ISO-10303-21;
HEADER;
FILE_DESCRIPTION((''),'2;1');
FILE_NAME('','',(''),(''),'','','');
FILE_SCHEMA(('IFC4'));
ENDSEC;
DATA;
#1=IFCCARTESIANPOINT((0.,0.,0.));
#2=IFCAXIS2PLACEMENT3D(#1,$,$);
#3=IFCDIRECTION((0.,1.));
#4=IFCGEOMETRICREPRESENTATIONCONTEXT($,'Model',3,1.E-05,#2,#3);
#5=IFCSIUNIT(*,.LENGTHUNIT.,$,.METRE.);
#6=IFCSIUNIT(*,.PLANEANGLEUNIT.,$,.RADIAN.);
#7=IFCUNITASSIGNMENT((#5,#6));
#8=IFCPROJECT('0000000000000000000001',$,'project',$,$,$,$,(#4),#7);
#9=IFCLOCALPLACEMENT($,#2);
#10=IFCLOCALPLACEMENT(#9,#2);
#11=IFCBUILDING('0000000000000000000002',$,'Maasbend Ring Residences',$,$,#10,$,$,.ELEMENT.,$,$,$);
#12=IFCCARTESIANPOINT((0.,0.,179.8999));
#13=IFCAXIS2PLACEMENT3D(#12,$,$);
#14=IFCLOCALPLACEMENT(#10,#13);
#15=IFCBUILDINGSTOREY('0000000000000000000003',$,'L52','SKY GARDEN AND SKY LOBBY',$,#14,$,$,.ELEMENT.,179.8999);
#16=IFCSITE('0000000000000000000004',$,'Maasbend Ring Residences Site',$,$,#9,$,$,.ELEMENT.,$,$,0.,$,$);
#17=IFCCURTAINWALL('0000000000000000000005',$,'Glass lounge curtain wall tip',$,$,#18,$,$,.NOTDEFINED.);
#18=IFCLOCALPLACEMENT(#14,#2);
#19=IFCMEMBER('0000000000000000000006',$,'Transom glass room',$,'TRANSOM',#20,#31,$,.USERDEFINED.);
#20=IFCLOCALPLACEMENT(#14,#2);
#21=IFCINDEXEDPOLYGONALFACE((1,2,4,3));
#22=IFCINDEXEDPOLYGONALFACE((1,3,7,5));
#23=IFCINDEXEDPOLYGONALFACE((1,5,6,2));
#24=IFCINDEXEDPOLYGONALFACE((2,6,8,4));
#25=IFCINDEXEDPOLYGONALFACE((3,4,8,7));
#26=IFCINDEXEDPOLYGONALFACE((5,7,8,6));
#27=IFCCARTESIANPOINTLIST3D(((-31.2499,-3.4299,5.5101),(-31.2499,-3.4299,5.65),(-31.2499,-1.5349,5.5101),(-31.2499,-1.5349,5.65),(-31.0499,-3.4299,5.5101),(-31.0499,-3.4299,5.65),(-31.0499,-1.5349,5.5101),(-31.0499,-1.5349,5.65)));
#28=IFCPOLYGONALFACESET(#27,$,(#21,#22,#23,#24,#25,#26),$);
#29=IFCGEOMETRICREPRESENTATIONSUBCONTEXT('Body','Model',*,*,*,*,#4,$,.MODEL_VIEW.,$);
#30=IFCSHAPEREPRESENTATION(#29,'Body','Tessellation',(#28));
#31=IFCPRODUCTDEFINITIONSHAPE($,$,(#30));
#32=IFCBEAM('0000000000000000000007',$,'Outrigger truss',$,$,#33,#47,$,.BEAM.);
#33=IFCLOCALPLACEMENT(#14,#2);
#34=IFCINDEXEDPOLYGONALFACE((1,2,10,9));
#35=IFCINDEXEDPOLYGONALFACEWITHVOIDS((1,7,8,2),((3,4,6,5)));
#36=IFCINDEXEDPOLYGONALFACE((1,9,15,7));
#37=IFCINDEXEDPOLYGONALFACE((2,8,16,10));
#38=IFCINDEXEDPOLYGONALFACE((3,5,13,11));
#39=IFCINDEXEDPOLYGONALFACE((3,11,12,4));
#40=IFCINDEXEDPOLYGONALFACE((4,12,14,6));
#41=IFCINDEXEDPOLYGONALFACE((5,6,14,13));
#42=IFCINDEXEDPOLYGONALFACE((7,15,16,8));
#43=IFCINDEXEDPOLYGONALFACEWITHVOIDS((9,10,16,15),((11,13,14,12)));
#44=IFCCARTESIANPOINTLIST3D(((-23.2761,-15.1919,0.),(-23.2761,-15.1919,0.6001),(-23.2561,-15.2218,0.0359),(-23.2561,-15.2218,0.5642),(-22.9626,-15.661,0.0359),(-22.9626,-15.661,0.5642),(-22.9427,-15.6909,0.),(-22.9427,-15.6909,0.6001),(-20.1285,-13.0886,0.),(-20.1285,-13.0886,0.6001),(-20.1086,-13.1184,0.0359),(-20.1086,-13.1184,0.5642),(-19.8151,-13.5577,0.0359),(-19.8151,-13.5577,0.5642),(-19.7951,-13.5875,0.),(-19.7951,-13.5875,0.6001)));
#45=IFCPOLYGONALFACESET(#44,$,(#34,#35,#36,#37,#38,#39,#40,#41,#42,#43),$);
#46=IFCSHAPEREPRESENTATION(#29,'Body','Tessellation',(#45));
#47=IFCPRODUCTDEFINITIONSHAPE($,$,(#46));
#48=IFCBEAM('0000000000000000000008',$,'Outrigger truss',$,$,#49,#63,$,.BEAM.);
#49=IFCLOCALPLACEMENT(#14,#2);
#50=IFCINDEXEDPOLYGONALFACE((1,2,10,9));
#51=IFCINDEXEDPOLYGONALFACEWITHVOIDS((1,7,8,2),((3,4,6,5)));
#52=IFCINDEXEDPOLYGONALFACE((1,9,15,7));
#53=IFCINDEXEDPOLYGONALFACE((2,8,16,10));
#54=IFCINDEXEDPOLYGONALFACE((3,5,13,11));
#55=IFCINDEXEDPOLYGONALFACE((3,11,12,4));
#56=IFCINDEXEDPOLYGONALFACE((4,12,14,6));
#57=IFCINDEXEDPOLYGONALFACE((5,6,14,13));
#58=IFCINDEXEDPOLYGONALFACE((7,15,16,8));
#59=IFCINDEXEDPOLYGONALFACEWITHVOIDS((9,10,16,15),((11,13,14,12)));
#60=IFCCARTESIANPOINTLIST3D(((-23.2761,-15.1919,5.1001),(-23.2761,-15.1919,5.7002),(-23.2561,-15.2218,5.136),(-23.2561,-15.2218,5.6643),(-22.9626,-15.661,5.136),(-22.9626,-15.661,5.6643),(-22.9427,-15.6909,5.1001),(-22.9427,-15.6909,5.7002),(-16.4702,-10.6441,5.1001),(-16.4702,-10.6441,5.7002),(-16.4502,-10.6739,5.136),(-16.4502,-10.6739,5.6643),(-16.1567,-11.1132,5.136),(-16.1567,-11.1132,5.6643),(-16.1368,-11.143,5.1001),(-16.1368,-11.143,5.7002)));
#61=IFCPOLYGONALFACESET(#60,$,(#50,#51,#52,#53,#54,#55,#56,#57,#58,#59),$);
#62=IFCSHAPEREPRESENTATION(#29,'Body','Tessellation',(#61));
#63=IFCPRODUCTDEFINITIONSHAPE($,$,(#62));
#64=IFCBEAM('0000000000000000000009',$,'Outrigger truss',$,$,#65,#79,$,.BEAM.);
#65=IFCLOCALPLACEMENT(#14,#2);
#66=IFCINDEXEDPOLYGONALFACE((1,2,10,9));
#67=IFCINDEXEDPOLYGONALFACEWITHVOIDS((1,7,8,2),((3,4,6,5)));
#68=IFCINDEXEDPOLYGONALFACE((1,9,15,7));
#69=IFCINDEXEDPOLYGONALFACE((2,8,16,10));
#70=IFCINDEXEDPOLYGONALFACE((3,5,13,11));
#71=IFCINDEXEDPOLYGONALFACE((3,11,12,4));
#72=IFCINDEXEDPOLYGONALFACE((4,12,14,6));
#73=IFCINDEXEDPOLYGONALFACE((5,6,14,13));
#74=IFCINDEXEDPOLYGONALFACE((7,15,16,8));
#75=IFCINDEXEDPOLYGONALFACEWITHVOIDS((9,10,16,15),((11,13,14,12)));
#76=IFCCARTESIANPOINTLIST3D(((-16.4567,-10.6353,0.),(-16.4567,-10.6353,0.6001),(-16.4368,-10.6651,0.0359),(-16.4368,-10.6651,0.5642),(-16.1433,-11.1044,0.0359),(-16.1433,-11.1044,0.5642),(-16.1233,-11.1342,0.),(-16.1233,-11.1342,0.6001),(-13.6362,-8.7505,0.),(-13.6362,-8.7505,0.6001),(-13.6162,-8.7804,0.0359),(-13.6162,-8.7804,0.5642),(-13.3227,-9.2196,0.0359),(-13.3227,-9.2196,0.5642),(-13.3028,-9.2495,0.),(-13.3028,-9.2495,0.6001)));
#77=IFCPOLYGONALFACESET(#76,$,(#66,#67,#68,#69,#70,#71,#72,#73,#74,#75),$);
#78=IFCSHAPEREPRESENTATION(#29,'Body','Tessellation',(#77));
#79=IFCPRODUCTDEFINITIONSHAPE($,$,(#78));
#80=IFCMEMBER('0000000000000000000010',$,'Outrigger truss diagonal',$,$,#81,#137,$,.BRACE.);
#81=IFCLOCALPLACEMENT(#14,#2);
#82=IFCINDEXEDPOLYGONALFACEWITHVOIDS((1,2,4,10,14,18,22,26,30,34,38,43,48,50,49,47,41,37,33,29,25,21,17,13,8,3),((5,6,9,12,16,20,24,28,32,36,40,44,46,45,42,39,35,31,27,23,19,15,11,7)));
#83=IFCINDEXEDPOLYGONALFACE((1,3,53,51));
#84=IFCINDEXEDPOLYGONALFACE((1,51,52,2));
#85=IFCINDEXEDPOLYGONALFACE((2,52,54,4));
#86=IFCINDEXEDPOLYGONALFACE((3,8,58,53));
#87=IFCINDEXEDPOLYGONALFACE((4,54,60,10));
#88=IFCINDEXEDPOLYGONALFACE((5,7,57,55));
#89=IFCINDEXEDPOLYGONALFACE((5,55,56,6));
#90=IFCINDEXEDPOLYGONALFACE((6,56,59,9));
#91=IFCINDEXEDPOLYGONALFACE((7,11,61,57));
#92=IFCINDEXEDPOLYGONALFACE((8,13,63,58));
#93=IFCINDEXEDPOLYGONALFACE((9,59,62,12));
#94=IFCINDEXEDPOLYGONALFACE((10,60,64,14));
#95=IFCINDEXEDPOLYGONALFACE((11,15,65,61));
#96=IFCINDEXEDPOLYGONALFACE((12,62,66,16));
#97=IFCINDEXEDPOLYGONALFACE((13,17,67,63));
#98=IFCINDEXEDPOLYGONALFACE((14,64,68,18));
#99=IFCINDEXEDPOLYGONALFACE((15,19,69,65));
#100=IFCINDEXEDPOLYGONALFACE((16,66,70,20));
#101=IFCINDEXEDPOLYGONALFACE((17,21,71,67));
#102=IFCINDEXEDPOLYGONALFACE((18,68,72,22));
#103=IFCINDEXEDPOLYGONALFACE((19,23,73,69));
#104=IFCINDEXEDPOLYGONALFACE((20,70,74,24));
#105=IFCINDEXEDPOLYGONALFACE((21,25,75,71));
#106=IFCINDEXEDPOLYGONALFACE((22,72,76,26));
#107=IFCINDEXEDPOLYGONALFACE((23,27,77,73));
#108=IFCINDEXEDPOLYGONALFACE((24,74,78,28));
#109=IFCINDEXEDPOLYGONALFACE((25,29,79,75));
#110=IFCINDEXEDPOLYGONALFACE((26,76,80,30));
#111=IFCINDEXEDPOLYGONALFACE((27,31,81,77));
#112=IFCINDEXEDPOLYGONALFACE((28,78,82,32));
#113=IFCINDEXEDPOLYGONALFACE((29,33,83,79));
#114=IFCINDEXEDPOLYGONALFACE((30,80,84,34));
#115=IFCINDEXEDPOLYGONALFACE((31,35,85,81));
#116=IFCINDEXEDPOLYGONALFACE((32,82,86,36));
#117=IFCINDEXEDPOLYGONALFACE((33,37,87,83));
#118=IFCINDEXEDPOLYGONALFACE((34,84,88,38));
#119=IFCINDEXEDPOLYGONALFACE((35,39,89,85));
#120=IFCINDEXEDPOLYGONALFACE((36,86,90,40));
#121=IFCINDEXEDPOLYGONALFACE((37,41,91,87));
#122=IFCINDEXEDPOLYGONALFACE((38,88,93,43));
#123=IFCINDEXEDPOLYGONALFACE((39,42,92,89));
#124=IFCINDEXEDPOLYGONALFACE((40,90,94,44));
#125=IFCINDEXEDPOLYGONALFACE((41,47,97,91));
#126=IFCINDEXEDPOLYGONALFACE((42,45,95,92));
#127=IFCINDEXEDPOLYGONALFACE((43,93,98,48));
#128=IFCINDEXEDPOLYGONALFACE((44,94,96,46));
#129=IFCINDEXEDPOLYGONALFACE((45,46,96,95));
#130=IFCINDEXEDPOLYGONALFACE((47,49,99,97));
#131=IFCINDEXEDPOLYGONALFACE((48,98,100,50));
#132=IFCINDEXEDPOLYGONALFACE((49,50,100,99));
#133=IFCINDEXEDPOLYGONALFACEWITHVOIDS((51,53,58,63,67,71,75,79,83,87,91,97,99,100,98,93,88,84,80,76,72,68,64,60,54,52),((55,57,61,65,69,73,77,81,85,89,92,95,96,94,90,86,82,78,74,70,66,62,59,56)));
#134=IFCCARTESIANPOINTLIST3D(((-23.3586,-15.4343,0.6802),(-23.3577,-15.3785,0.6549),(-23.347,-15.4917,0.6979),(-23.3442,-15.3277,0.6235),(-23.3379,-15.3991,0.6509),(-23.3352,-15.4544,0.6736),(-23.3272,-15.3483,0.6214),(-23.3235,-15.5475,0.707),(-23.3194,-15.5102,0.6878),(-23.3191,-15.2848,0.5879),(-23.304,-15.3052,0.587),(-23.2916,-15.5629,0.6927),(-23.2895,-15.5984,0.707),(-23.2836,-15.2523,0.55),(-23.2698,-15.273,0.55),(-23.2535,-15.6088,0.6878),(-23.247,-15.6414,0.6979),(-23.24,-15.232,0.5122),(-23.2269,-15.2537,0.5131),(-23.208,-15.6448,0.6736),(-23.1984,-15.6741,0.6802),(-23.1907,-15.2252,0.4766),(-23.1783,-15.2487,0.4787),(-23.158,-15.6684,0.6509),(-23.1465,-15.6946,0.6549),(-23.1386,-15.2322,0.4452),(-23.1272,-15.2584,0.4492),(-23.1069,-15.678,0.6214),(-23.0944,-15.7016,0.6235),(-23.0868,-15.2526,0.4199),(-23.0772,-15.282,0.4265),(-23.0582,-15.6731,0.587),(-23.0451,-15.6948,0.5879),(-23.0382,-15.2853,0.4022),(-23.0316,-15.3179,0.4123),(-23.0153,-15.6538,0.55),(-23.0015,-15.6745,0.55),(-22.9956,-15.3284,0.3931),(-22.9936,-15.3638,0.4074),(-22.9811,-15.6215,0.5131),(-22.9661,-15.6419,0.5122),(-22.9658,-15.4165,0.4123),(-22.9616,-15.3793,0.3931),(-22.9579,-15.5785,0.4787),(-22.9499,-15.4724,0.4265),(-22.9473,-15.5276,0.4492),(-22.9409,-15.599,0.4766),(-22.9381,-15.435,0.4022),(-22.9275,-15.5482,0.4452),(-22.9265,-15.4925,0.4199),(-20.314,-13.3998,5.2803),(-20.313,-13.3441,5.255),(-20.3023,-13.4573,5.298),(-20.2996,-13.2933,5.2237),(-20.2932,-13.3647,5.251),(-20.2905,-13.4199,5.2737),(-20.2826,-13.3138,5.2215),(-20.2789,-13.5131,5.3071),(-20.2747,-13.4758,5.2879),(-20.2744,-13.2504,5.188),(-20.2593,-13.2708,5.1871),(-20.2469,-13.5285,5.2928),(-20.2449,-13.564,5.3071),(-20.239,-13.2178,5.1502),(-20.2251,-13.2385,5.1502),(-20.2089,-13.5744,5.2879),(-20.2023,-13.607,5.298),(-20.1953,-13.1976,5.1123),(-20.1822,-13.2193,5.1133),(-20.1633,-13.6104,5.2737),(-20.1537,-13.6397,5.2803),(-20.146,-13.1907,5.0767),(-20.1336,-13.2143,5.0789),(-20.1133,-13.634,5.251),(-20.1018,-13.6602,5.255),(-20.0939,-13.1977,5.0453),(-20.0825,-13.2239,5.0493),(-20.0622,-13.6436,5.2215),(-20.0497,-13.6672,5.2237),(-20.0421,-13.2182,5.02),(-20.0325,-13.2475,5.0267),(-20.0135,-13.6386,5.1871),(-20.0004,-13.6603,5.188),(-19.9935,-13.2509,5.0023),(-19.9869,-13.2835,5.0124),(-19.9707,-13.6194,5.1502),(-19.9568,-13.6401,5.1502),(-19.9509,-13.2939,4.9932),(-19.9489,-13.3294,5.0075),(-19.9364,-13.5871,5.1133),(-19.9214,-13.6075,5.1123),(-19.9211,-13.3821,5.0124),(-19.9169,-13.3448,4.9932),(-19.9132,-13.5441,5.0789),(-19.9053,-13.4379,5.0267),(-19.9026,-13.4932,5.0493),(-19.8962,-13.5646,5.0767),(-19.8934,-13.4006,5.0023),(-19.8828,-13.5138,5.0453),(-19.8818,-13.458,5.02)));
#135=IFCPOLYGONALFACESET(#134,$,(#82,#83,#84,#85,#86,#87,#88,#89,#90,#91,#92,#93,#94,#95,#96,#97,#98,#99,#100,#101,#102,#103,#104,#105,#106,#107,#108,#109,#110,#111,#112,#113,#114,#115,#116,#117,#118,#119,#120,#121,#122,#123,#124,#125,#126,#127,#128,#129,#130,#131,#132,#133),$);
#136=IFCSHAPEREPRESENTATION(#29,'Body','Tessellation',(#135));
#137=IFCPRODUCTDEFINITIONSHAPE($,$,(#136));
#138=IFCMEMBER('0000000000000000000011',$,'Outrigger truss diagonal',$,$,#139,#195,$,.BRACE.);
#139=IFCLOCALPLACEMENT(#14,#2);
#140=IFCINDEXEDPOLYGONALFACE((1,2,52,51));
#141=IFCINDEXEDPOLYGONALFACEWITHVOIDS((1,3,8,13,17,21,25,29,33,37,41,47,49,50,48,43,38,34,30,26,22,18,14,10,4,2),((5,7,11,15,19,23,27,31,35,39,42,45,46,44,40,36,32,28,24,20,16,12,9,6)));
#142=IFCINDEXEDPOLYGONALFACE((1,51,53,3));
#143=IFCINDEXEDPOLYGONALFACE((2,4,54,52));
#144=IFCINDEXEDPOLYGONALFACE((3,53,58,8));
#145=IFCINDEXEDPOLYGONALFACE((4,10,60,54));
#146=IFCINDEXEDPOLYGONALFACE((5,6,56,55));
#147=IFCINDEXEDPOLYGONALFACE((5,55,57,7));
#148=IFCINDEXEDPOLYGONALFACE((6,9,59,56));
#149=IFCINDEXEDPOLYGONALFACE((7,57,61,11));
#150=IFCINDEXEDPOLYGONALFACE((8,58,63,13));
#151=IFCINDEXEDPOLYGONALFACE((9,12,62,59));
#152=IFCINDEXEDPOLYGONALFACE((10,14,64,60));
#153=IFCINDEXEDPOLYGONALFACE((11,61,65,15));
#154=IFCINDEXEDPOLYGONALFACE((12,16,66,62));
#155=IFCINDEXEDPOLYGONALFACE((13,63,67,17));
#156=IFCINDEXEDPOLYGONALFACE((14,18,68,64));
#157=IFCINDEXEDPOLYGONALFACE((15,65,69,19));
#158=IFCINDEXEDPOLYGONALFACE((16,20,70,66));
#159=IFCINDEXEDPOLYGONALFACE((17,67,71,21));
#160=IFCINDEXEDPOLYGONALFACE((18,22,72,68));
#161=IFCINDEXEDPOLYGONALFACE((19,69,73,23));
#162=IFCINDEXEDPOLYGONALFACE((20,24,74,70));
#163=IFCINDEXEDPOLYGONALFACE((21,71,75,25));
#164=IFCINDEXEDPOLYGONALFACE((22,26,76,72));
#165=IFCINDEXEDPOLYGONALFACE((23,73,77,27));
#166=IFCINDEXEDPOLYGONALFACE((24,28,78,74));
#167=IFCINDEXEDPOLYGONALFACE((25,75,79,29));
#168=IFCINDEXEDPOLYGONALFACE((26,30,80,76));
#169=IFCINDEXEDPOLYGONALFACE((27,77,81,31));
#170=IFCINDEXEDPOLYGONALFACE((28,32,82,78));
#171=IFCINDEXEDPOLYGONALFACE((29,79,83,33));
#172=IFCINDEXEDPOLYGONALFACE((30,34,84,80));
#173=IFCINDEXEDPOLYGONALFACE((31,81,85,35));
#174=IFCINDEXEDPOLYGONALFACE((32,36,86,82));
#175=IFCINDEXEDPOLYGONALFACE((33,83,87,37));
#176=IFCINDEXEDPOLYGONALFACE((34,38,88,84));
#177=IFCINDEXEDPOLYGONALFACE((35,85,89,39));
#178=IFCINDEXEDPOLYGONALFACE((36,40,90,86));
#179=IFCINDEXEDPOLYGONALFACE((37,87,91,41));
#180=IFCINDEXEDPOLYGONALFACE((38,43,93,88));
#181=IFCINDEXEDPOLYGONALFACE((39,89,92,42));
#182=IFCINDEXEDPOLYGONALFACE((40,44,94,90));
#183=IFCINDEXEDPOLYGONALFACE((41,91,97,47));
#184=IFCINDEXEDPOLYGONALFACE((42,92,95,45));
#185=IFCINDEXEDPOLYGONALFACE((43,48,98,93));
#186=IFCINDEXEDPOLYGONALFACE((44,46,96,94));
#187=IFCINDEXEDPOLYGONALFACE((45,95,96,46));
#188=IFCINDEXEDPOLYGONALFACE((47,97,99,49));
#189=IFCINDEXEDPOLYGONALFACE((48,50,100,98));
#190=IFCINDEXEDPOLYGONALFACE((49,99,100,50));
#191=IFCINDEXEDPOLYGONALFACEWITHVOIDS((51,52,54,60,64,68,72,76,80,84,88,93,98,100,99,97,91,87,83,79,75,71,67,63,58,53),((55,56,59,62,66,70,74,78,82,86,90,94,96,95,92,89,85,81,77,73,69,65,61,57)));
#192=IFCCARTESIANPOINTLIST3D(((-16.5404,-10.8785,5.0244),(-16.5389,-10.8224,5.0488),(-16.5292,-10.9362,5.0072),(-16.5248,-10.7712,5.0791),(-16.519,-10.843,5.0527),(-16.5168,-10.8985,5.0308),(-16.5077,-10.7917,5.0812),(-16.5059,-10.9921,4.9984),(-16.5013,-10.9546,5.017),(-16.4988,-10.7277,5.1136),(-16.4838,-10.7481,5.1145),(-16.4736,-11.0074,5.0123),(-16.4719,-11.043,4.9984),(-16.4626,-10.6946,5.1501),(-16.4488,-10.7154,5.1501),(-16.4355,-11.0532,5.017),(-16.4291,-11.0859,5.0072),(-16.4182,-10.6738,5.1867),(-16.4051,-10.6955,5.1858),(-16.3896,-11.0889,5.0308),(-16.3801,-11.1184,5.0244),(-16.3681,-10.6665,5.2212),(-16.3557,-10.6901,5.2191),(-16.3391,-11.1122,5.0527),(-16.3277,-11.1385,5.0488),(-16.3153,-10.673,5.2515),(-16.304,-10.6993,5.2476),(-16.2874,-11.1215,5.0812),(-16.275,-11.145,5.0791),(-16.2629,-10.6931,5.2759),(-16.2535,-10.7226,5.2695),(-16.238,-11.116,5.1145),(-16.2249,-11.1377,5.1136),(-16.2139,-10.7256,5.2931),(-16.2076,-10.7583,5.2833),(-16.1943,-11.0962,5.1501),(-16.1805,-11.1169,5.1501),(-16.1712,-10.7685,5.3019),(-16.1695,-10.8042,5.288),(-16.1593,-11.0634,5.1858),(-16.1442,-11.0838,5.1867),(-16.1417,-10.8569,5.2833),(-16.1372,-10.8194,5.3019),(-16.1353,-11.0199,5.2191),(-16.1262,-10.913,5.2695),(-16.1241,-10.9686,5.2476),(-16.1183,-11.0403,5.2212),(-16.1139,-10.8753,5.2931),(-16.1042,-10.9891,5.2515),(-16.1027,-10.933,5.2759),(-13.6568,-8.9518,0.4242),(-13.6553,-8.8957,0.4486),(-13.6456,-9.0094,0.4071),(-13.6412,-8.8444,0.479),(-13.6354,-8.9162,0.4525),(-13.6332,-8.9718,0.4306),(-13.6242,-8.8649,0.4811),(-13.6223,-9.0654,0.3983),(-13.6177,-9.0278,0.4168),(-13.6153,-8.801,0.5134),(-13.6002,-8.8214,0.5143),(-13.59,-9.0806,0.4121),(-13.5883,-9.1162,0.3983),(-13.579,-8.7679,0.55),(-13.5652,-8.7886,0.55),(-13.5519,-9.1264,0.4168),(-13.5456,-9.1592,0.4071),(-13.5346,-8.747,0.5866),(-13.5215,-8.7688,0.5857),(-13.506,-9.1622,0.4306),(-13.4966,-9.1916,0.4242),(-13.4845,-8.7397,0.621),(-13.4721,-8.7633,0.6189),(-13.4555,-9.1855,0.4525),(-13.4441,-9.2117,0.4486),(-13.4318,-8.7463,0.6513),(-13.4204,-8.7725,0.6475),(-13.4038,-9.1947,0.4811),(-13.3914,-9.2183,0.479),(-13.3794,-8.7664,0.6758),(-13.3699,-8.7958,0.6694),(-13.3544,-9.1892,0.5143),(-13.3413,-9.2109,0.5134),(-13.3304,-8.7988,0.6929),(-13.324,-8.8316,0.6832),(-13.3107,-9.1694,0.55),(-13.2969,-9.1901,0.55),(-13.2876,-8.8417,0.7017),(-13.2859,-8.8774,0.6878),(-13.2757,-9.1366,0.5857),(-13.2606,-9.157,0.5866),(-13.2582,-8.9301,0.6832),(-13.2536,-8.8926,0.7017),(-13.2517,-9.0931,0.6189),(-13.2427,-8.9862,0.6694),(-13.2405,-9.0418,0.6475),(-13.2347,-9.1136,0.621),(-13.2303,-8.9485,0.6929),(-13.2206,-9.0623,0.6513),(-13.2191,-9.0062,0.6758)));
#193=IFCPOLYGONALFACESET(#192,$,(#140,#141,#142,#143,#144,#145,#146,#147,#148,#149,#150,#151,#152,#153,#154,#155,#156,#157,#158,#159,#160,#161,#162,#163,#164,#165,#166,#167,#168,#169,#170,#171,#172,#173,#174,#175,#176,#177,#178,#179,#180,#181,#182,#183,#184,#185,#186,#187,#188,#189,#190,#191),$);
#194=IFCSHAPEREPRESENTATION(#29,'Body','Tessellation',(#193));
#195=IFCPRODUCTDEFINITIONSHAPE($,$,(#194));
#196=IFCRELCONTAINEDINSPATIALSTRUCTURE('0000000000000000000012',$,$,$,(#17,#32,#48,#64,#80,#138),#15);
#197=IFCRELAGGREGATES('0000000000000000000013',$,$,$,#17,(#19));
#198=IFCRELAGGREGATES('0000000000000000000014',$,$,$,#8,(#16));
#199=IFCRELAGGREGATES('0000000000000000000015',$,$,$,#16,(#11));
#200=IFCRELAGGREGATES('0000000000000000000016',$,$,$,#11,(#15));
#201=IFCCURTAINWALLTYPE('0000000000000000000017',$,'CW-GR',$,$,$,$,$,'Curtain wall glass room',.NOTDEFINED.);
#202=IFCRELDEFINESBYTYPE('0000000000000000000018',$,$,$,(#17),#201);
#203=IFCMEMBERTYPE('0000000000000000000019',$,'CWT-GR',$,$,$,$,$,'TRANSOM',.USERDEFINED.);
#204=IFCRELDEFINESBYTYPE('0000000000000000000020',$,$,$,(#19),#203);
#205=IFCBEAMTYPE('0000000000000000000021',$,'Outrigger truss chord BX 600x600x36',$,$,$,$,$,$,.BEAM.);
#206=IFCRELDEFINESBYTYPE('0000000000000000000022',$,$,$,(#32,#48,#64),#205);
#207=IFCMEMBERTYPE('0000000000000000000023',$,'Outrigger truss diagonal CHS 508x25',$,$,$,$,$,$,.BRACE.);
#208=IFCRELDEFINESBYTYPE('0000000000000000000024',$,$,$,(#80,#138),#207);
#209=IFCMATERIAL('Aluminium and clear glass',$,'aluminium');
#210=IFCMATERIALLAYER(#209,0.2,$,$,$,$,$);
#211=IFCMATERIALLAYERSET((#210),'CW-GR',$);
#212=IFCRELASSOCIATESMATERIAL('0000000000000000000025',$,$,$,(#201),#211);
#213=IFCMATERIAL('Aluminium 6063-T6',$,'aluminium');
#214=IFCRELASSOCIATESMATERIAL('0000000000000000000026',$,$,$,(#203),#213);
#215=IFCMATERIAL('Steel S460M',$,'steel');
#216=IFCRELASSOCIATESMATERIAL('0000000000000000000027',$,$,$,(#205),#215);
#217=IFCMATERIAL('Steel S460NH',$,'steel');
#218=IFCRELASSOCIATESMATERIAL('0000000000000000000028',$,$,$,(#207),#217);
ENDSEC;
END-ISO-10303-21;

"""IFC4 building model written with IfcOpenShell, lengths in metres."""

from ifc_helpers import new_model, si_unit, direction, frame, origin, origin_2d, place, context, subcontext, project, spatial, rectangle, hollow_rectangle, hollow_circle, extrude, material, layer, layer_set, material_profile, profile_set, type_object, element, aggregate, save


model = new_model("IFC4")

# Units and contexts
model_context = context("Model", 3, precision=1e-05, world=origin(), true_north=direction((0.0, 1.0)))
body_context = subcontext(model_context, "Body", "Model", "MODEL_VIEW")
ifc_project = project(units=[si_unit("LENGTHUNIT", "METRE"), si_unit("PLANEANGLEUNIT", "RADIAN")], contexts=[model_context])

# Site, building, storey
site_placement = place(None, origin())
site = spatial("IfcSite", under=ifc_project, at=site_placement, Name="Maasbend Ring Residences Site", CompositionType="ELEMENT", RefElevation=0.0)
building_placement = place(site_placement, origin())
building = spatial("IfcBuilding", under=site, at=building_placement, Name="Maasbend Ring Residences", CompositionType="ELEMENT")
storey_placement = place(building_placement, frame((0.0, 0.0, 179.8999)))
storey = spatial("IfcBuildingStorey", under=building, at=storey_placement, Name="L52", Description="SKY GARDEN AND SKY LOBBY", CompositionType="ELEMENT", Elevation=179.8999)

# Curtain wall
ifc_material_1 = material(Name="Aluminium and clear glass", Category="aluminium")
ifc_layer_1 = layer(ifc_material_1, 0.2)
ifc_layer_set_1 = layer_set([ifc_layer_1], Name="CW-GR")
curtain_wall_type = type_object("IfcCurtainWallType", Name="CW-GR", ElementType="Curtain wall glass room", PredefinedType="NOTDEFINED", material=ifc_layer_set_1)
curtain_wall_1_placement = place(storey_placement, origin())
curtain_wall_1 = element("IfcCurtainWall", 1, at=curtain_wall_1_placement, inside=storey, type_object=curtain_wall_type, Name="Glass lounge curtain wall tip", PredefinedType="NOTDEFINED")

# Member
ifc_material_2 = material(Name="Aluminium 6063-T6", Category="aluminium")
ifc_material_profile_1 = material_profile(ifc_material_2, rectangle(XDim=0.2, YDim=0.1399, at=origin_2d()), Name="AL 200x140")
ifc_profile_set_1 = profile_set([ifc_material_profile_1], Name="Aluminium 6063-T6")
member_type_1 = type_object("IfcMemberType", Name="CWT-GR", ElementType="TRANSOM", PredefinedType="USERDEFINED", material=ifc_profile_set_1)
member_1_placement = place(storey_placement, frame((-31.1499, -3.4299, 5.5801), z_axis=(0.0, 1.0, 0.0), x_axis=(-1.0, 0.0, 0.0)))
member_1 = element("IfcMember", 2, at=member_1_placement, type_object=member_type_1, Name="Transom glass room", ObjectType="TRANSOM", PredefinedType="USERDEFINED", context=body_context, shape_type="SweptSolid", body=[
    extrude(rectangle(XDim=0.2, YDim=0.1399, at=origin_2d()), origin(), (0.0, 0.0, 1.0), 1.895),
])
aggregate(curtain_wall_1, [member_1])

# Beams
ifc_material_3 = material(Name="Steel S460M", Category="steel")
ifc_material_profile_2 = material_profile(ifc_material_3, hollow_rectangle(XDim=0.6001, YDim=0.6001, WallThickness=0.0359, at=origin_2d()), Name="Outrigger truss chord BX 600x600x36")
ifc_profile_set_2 = profile_set([ifc_material_profile_2], Name="Steel S460M")
beam_type_1 = type_object("IfcBeamType", Name="Outrigger truss chord BX 600x600x36", PredefinedType="BEAM", material=ifc_profile_set_2)
beam_1_placement = place(storey_placement, frame((-23.1094, -15.4414, 0.3), z_axis=(0.831445, 0.555608, 0.0), x_axis=(-0.555608, 0.831445, 0.0)))
element("IfcBeam", 3, at=beam_1_placement, inside=storey, type_object=beam_type_1, Name="Outrigger truss", PredefinedType="BEAM", context=body_context, shape_type="SweptSolid", body=[
    extrude(hollow_rectangle(XDim=0.6001, YDim=0.6001, WallThickness=0.0359, at=origin_2d()), origin(), (0.0, 0.0, 1.0), 3.7856),
])
beam_2_placement = place(storey_placement, frame((-23.1094, -15.4414, 5.4001), z_axis=(0.831453, 0.555595, 0.0), x_axis=(-0.555595, 0.831453, 0.0)))
element("IfcBeam", 4, at=beam_2_placement, inside=storey, type_object=beam_type_1, Name="Outrigger truss", PredefinedType="BEAM", context=body_context, shape_type="SweptSolid", body=[
    extrude(hollow_rectangle(XDim=0.6001, YDim=0.6001, WallThickness=0.0359, at=origin_2d()), origin(), (0.0, 0.0, 1.0), 8.1855),
])
beam_3_placement = place(storey_placement, frame((-16.29, -10.8848, 0.3), z_axis=(0.831452, 0.555597, 0.0), x_axis=(-0.555597, 0.831452, 0.0)))
element("IfcBeam", 5, at=beam_3_placement, inside=storey, type_object=beam_type_1, Name="Outrigger truss", PredefinedType="BEAM", context=body_context, shape_type="SweptSolid", body=[
    extrude(hollow_rectangle(XDim=0.6001, YDim=0.6001, WallThickness=0.0359, at=origin_2d()), origin(), (0.0, 0.0, 1.0), 3.3923),
])

# Members
ifc_material_4 = material(Name="Steel S460NH", Category="steel")
ifc_material_profile_3 = material_profile(ifc_material_4, hollow_circle(Radius=0.2539, WallThickness=0.0249, at=origin_2d()), Name="Outrigger truss diagonal CHS 508x25")
ifc_profile_set_3 = profile_set([ifc_material_profile_3], Name="Steel S460NH")
member_type_2 = type_object("IfcMemberType", Name="Outrigger truss diagonal CHS 508x25", PredefinedType="BRACE", material=ifc_profile_set_3)
member_2_placement = place(storey_placement, frame((-23.1426, -15.4634, 0.55), z_axis=(0.517836, 0.346013, 0.782381), x_axis=(-0.555577, 0.831465, 0.0)))
element("IfcMember", 6, at=member_2_placement, inside=storey, type_object=member_type_2, Name="Outrigger truss diagonal", PredefinedType="BRACE", context=body_context, shape_type="SweptSolid", body=[
    extrude(hollow_circle(Radius=0.2539, WallThickness=0.0249, at=origin_2d()), origin(), (0.0, 0.0, 1.0), 5.8796),
])
member_3_placement = place(storey_placement, frame((-16.3215, -10.9058, 5.1501), z_axis=(0.500536, 0.334454, -0.798501), x_axis=(-0.555577, 0.831465, 0.0)))
element("IfcMember", 7, at=member_3_placement, inside=storey, type_object=member_type_2, Name="Outrigger truss diagonal", PredefinedType="BRACE", context=body_context, shape_type="SweptSolid", body=[
    extrude(hollow_circle(Radius=0.2539, WallThickness=0.0249, at=origin_2d()), origin(), (0.0, 0.0, 1.0), 5.761),
])

save(model, "model.ifc")
